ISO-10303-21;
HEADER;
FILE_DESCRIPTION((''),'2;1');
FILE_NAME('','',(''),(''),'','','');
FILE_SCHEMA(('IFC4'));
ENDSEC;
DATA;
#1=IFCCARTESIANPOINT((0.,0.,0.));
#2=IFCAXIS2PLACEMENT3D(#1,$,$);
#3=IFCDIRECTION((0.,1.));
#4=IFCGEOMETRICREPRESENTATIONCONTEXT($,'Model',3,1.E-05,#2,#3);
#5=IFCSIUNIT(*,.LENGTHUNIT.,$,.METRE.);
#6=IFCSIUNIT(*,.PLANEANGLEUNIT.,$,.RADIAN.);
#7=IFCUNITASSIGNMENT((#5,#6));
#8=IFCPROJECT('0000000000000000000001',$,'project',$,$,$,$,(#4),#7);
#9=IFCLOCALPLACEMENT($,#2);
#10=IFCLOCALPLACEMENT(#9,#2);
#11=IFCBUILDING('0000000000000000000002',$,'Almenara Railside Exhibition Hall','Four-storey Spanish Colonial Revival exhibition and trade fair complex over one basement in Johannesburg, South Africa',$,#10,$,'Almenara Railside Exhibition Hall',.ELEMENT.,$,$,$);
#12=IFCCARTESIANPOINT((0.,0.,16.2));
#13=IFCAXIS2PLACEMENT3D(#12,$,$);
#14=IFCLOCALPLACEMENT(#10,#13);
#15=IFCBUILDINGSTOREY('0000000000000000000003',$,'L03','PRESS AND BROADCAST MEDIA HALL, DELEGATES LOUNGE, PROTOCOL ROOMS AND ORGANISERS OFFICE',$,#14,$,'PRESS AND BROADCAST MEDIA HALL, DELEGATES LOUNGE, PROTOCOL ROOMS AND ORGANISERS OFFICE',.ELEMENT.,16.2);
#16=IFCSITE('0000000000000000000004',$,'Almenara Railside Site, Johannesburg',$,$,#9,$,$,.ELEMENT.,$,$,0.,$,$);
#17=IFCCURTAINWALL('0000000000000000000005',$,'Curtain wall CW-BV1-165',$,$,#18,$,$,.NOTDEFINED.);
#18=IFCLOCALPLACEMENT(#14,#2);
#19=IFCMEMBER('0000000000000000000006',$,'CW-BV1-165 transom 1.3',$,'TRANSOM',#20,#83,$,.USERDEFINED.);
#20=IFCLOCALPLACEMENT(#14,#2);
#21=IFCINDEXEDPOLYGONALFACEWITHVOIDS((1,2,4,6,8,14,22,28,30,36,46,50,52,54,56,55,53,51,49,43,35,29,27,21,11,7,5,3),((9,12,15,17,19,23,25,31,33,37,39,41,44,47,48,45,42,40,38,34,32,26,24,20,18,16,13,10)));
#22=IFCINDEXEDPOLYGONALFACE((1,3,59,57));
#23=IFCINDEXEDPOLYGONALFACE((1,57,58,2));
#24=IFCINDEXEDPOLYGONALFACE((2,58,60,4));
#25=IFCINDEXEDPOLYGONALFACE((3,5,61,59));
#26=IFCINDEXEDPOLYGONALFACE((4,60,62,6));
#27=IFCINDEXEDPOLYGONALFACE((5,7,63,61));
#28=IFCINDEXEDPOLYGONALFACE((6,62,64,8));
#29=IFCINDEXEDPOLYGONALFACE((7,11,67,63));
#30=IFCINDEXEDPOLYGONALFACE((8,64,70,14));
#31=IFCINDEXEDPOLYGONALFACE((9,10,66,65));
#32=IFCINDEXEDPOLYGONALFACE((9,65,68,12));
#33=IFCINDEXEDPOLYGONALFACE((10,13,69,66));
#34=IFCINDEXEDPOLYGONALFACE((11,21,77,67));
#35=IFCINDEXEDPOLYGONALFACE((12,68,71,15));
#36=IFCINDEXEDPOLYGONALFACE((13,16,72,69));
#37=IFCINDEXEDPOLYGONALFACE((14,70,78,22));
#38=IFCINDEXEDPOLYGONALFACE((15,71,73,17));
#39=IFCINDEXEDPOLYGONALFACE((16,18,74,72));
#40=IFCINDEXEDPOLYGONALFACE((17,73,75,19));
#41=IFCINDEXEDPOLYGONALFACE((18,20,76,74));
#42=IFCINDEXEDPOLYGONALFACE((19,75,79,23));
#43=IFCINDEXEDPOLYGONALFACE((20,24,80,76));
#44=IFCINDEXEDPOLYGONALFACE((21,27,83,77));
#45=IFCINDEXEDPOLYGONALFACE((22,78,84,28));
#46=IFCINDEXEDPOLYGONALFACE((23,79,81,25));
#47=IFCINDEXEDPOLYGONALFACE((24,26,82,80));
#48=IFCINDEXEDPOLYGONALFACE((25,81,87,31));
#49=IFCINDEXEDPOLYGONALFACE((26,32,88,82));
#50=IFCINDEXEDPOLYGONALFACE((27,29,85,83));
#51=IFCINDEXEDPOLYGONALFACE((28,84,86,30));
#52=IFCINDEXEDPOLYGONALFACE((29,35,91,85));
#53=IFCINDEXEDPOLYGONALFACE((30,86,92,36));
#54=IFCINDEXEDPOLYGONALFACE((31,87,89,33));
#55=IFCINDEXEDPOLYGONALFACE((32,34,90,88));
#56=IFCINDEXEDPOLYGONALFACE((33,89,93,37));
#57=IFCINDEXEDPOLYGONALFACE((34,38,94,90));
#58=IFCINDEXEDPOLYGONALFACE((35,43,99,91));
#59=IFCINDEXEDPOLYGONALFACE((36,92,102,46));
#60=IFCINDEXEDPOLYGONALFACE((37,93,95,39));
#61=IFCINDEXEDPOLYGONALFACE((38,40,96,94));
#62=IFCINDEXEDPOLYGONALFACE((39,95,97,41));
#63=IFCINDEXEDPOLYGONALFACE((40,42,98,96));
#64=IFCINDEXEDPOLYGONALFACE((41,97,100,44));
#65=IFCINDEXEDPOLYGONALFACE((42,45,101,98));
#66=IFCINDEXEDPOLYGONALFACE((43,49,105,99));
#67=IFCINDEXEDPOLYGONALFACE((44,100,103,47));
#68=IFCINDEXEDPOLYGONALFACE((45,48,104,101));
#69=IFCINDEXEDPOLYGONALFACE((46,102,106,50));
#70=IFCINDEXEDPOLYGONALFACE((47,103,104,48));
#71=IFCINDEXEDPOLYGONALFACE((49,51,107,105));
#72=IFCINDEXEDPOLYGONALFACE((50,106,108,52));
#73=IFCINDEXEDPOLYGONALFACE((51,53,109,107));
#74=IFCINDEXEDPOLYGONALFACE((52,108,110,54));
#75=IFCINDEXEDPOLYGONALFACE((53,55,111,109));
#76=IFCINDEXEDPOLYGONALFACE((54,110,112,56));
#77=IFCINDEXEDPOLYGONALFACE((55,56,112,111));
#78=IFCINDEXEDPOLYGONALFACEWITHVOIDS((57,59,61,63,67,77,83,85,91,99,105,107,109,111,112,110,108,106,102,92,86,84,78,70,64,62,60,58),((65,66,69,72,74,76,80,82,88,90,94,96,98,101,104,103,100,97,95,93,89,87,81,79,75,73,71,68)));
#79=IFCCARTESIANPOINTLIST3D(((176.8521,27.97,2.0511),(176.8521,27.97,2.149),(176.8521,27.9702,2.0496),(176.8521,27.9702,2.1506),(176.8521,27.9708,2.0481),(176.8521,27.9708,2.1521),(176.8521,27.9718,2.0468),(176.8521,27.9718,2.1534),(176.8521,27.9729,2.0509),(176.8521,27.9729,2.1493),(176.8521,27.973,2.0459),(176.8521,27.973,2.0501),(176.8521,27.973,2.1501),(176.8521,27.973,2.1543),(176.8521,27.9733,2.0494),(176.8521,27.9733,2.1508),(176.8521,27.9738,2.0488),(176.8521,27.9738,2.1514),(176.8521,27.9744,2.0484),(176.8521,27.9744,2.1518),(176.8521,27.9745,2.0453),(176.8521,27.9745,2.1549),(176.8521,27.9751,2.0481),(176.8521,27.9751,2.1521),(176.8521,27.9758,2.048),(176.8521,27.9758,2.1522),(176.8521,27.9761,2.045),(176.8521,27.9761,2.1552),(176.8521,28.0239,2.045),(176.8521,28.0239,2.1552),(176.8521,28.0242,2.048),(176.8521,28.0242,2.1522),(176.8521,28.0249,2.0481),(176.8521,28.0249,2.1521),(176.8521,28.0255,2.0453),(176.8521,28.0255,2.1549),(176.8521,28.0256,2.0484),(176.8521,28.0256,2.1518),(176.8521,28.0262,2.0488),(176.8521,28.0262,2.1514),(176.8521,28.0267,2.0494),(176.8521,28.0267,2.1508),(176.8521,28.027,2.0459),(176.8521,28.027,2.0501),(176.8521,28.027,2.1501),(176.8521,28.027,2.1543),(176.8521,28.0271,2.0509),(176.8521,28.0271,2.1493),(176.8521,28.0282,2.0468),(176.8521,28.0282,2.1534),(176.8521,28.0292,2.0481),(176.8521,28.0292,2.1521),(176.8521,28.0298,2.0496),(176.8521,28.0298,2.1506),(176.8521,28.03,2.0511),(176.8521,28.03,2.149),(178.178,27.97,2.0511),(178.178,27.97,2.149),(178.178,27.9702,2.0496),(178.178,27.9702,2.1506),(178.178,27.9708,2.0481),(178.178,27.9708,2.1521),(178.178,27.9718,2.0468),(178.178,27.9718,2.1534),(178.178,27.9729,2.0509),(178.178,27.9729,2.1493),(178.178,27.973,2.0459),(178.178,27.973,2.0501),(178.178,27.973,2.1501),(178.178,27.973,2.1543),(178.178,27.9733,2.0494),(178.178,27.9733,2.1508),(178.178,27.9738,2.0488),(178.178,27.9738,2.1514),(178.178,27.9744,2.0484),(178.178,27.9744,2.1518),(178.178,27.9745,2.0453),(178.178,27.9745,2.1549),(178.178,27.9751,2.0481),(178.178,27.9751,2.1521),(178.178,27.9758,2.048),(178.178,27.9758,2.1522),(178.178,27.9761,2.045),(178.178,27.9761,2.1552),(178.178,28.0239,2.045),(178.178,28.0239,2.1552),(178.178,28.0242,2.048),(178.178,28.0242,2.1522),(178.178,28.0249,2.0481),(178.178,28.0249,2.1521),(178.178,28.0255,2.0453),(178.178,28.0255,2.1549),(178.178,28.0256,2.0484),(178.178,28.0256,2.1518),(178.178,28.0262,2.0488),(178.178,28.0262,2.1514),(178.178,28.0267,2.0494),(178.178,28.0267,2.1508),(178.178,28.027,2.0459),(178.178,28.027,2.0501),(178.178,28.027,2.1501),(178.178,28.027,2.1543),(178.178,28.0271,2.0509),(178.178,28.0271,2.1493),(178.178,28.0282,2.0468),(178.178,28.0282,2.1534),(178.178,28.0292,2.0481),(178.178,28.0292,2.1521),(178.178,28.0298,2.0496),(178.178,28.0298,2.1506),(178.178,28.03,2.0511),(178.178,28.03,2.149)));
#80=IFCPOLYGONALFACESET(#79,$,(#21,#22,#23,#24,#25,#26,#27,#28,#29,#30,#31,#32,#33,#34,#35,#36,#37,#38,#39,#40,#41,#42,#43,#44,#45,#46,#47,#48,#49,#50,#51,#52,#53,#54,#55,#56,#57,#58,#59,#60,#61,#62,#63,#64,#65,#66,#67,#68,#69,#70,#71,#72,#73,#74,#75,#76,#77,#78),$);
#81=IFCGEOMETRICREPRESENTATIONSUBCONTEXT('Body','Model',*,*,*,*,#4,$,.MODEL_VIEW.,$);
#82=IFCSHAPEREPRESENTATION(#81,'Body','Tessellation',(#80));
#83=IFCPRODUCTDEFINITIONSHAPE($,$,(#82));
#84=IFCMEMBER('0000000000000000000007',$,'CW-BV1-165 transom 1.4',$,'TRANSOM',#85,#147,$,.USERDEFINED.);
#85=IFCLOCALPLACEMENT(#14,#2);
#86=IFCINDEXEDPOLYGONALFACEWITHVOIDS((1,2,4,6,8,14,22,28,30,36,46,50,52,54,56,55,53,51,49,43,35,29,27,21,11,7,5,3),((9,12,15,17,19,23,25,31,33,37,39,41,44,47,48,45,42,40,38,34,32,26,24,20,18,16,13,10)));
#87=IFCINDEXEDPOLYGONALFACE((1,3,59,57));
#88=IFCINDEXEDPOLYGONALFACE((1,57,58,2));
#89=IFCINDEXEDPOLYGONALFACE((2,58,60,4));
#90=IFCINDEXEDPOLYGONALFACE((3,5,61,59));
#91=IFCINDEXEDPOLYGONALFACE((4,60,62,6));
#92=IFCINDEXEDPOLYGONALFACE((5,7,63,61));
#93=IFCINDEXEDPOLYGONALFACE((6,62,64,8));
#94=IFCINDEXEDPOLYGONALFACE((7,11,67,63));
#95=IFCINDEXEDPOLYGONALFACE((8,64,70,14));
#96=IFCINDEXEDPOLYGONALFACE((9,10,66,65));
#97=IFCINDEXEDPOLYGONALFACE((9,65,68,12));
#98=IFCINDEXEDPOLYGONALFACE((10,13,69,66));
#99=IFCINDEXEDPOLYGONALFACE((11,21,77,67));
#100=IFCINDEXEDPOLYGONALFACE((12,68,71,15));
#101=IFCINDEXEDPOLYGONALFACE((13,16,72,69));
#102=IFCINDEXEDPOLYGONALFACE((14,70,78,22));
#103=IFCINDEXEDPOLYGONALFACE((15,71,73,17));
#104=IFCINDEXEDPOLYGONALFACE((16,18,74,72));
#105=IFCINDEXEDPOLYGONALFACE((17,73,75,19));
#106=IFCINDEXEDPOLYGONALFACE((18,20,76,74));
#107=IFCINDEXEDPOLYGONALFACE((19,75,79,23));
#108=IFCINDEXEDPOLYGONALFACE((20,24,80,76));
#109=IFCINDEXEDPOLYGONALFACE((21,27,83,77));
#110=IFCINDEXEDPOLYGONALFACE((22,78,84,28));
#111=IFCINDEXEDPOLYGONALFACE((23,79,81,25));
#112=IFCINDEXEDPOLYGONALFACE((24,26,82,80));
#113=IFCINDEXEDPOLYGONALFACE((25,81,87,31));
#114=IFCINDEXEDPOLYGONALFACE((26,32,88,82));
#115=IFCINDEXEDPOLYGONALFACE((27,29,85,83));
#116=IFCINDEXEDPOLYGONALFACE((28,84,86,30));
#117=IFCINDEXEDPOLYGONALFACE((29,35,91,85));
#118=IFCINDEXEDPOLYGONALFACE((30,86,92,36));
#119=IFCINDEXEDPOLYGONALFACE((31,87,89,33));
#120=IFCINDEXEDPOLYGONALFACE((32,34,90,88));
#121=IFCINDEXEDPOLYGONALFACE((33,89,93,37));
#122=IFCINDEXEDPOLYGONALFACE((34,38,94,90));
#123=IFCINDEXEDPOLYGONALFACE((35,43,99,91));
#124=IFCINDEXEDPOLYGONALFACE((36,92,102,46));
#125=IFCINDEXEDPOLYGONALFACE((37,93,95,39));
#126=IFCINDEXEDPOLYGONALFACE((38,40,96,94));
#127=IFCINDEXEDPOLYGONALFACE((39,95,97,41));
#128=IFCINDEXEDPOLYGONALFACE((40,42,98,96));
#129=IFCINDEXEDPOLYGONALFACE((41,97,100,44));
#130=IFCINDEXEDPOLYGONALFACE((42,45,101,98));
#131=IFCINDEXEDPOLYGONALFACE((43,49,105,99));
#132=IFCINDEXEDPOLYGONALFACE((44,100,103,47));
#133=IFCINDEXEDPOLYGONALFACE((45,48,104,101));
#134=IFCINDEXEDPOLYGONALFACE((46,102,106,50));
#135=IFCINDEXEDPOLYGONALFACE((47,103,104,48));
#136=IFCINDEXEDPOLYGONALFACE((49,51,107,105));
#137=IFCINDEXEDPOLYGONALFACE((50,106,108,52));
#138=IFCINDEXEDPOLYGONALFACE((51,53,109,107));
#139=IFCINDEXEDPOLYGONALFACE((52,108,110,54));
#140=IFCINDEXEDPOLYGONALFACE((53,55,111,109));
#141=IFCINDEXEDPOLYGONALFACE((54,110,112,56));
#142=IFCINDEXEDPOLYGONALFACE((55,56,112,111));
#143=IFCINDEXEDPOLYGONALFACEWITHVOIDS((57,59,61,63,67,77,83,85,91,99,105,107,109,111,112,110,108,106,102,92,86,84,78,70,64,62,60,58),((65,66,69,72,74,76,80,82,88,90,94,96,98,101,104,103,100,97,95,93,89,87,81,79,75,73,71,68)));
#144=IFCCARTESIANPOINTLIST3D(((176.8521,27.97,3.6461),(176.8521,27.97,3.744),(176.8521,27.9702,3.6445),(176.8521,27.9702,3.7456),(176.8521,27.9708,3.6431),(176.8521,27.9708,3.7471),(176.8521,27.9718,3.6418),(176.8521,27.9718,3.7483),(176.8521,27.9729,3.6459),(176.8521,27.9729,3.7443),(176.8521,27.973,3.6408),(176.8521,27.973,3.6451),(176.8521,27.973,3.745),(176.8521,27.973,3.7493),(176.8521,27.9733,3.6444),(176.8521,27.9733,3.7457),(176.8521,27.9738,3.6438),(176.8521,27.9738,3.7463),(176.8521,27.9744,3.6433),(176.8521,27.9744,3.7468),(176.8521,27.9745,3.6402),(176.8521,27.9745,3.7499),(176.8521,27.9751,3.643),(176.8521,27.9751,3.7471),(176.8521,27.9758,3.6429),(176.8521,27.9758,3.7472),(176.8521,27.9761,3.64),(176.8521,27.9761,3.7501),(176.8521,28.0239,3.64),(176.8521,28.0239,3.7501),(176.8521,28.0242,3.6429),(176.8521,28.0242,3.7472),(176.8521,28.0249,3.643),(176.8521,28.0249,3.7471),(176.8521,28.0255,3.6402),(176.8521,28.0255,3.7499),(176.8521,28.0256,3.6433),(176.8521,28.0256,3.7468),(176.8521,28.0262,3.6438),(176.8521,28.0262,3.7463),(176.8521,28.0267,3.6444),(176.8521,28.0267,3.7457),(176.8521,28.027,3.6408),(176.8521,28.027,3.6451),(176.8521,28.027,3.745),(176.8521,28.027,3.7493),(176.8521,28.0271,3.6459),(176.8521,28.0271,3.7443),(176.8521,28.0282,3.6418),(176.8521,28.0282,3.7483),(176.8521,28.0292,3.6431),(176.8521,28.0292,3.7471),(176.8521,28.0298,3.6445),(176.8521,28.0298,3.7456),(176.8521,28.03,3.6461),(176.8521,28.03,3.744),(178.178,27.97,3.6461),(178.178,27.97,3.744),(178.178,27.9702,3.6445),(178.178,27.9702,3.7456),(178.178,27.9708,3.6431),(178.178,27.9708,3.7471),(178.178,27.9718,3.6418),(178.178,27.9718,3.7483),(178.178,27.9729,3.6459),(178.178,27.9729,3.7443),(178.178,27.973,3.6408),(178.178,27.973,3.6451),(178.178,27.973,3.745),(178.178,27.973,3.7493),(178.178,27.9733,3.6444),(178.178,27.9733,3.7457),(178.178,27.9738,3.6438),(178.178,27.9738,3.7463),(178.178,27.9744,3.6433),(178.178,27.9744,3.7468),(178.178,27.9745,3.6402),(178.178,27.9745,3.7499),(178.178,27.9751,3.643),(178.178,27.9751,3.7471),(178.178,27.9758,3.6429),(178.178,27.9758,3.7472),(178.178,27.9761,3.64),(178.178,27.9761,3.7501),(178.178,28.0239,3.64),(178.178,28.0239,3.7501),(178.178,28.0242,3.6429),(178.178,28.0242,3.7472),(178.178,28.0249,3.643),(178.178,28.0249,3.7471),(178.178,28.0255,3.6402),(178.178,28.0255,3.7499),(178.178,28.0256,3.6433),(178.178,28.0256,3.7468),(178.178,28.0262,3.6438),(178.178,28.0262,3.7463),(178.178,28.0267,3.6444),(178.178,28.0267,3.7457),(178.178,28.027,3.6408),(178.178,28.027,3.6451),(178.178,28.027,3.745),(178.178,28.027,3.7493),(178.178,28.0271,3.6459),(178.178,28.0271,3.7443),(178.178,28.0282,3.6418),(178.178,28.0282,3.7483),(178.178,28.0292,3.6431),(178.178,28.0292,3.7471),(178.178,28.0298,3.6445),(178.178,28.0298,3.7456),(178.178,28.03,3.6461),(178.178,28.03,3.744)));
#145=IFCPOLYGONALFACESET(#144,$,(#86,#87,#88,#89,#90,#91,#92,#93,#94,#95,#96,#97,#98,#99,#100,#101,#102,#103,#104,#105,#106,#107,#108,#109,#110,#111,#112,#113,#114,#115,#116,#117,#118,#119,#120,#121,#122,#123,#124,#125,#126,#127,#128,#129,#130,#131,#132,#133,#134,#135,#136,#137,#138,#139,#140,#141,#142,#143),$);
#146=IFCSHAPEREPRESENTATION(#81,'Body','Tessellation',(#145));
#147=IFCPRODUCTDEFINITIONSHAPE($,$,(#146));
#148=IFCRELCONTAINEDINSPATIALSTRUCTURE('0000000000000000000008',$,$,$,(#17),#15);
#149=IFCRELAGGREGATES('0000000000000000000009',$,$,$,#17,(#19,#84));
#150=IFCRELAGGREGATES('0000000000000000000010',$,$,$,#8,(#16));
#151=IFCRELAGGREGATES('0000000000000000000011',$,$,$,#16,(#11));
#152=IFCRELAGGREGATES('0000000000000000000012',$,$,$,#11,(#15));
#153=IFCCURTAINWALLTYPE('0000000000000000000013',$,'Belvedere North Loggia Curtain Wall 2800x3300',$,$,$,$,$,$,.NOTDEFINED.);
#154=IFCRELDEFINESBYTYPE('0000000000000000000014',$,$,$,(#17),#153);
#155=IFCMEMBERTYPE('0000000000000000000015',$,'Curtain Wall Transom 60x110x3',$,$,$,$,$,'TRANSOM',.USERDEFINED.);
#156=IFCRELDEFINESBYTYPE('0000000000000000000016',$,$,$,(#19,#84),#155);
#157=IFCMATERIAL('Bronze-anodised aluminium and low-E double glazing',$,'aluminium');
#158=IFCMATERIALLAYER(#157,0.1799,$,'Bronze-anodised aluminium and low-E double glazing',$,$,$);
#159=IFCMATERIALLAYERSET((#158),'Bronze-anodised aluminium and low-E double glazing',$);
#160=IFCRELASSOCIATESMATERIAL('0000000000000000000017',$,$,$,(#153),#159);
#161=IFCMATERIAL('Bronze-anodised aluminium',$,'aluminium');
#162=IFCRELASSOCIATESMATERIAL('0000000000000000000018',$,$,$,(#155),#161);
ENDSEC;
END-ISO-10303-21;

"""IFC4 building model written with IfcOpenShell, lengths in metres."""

from ifc_helpers import new_model, si_unit, direction, frame, origin, origin_2d, place, context, subcontext, project, spatial, hollow_rectangle, extrude, material, layer, layer_set, material_profile, profile_set, type_object, element, aggregate, save


model = new_model("IFC4")

# Units and contexts
model_context = context("Model", 3, precision=1e-05, world=origin(), true_north=direction((0.0, 1.0)))
body_context = subcontext(model_context, "Body", "Model", "MODEL_VIEW")
ifc_project = project(units=[si_unit("LENGTHUNIT", "METRE"), si_unit("PLANEANGLEUNIT", "RADIAN")], contexts=[model_context])

# Site, building, storey
site_placement = place(None, origin())
site = spatial("IfcSite", under=ifc_project, at=site_placement, Name="Almenara Railside Site, Johannesburg", CompositionType="ELEMENT", RefElevation=0.0)
building_placement = place(site_placement, origin())
building = spatial("IfcBuilding", under=site, at=building_placement, Name="Almenara Railside Exhibition Hall", Description="Four-storey Spanish Colonial Revival exhibition and trade fair complex over one basement in Johannesburg, South Africa", LongName="Almenara Railside Exhibition Hall", CompositionType="ELEMENT")
storey_placement = place(building_placement, frame((0.0, 0.0, 16.2)))
storey = spatial("IfcBuildingStorey", under=building, at=storey_placement, Name="L03", Description="PRESS AND BROADCAST MEDIA HALL, DELEGATES LOUNGE, PROTOCOL ROOMS AND ORGANISERS OFFICE", LongName="PRESS AND BROADCAST MEDIA HALL, DELEGATES LOUNGE, PROTOCOL ROOMS AND ORGANISERS OFFICE", CompositionType="ELEMENT", Elevation=16.2)

# Shared definitions
ifc_material_1 = material(Name="Bronze-anodised aluminium and low-E double glazing", Category="aluminium")
ifc_layer_1 = layer(ifc_material_1, 0.1799, Name="Bronze-anodised aluminium and low-E double glazing")
ifc_layer_set_1 = layer_set([ifc_layer_1], Name="Bronze-anodised aluminium and low-E double glazing")
curtain_wall_type = type_object("IfcCurtainWallType", Name="Belvedere North Loggia Curtain Wall 2800x3300", PredefinedType="NOTDEFINED", material=ifc_layer_set_1)
ifc_material_2 = material(Name="Bronze-anodised aluminium", Category="aluminium")

# Curtain wall
curtain_wall_1_placement = place(storey_placement, origin())
curtain_wall_1 = element("IfcCurtainWall", 1, at=curtain_wall_1_placement, inside=storey, type_object=curtain_wall_type, Name="Curtain wall CW-BV1-165", PredefinedType="NOTDEFINED")

# Members
ifc_material_profile_1 = material_profile(ifc_material_2, hollow_rectangle(XDim=0.0601, YDim=0.1101, WallThickness=0.0029, InnerFilletRadius=0.0029, OuterFilletRadius=0.0061, at=origin_2d()), Name="ALU-TRN 60x110x3")
ifc_profile_set_1 = profile_set([ifc_material_profile_1], Name="Bronze-anodised aluminium")
member_type_1 = type_object("IfcMemberType", Name="Curtain Wall Transom 60x110x3", ElementType="TRANSOM", PredefinedType="USERDEFINED", material=ifc_profile_set_1)
member_1_placement = place(storey_placement, frame((176.8521, 28.0, 2.1001), z_axis=(1.0, 0.0, 0.0), x_axis=(0.0, 1.0, 0.0)))
member_1 = element("IfcMember", 2, at=member_1_placement, type_object=member_type_1, Name="CW-BV1-165 transom 1.3", ObjectType="TRANSOM", PredefinedType="USERDEFINED", context=body_context, shape_type="SweptSolid", body=[
    extrude(hollow_rectangle(XDim=0.0601, YDim=0.1101, WallThickness=0.0029, InnerFilletRadius=0.0029, OuterFilletRadius=0.0061, at=origin_2d()), origin(), (0.0, 0.0, 1.0), 1.3259),
])
member_2_placement = place(storey_placement, frame((176.8521, 28.0, 3.6951), z_axis=(1.0, 0.0, 0.0), x_axis=(0.0, 1.0, 0.0)))
member_2 = element("IfcMember", 3, at=member_2_placement, type_object=member_type_1, Name="CW-BV1-165 transom 1.4", ObjectType="TRANSOM", PredefinedType="USERDEFINED", context=body_context, shape_type="SweptSolid", body=[
    extrude(hollow_rectangle(XDim=0.0601, YDim=0.1101, WallThickness=0.0029, InnerFilletRadius=0.0029, OuterFilletRadius=0.0061, at=origin_2d()), origin(), (0.0, 0.0, 1.0), 1.3259),
])

aggregate(curtain_wall_1, [member_1, member_2])

save(model, "model.ifc")
